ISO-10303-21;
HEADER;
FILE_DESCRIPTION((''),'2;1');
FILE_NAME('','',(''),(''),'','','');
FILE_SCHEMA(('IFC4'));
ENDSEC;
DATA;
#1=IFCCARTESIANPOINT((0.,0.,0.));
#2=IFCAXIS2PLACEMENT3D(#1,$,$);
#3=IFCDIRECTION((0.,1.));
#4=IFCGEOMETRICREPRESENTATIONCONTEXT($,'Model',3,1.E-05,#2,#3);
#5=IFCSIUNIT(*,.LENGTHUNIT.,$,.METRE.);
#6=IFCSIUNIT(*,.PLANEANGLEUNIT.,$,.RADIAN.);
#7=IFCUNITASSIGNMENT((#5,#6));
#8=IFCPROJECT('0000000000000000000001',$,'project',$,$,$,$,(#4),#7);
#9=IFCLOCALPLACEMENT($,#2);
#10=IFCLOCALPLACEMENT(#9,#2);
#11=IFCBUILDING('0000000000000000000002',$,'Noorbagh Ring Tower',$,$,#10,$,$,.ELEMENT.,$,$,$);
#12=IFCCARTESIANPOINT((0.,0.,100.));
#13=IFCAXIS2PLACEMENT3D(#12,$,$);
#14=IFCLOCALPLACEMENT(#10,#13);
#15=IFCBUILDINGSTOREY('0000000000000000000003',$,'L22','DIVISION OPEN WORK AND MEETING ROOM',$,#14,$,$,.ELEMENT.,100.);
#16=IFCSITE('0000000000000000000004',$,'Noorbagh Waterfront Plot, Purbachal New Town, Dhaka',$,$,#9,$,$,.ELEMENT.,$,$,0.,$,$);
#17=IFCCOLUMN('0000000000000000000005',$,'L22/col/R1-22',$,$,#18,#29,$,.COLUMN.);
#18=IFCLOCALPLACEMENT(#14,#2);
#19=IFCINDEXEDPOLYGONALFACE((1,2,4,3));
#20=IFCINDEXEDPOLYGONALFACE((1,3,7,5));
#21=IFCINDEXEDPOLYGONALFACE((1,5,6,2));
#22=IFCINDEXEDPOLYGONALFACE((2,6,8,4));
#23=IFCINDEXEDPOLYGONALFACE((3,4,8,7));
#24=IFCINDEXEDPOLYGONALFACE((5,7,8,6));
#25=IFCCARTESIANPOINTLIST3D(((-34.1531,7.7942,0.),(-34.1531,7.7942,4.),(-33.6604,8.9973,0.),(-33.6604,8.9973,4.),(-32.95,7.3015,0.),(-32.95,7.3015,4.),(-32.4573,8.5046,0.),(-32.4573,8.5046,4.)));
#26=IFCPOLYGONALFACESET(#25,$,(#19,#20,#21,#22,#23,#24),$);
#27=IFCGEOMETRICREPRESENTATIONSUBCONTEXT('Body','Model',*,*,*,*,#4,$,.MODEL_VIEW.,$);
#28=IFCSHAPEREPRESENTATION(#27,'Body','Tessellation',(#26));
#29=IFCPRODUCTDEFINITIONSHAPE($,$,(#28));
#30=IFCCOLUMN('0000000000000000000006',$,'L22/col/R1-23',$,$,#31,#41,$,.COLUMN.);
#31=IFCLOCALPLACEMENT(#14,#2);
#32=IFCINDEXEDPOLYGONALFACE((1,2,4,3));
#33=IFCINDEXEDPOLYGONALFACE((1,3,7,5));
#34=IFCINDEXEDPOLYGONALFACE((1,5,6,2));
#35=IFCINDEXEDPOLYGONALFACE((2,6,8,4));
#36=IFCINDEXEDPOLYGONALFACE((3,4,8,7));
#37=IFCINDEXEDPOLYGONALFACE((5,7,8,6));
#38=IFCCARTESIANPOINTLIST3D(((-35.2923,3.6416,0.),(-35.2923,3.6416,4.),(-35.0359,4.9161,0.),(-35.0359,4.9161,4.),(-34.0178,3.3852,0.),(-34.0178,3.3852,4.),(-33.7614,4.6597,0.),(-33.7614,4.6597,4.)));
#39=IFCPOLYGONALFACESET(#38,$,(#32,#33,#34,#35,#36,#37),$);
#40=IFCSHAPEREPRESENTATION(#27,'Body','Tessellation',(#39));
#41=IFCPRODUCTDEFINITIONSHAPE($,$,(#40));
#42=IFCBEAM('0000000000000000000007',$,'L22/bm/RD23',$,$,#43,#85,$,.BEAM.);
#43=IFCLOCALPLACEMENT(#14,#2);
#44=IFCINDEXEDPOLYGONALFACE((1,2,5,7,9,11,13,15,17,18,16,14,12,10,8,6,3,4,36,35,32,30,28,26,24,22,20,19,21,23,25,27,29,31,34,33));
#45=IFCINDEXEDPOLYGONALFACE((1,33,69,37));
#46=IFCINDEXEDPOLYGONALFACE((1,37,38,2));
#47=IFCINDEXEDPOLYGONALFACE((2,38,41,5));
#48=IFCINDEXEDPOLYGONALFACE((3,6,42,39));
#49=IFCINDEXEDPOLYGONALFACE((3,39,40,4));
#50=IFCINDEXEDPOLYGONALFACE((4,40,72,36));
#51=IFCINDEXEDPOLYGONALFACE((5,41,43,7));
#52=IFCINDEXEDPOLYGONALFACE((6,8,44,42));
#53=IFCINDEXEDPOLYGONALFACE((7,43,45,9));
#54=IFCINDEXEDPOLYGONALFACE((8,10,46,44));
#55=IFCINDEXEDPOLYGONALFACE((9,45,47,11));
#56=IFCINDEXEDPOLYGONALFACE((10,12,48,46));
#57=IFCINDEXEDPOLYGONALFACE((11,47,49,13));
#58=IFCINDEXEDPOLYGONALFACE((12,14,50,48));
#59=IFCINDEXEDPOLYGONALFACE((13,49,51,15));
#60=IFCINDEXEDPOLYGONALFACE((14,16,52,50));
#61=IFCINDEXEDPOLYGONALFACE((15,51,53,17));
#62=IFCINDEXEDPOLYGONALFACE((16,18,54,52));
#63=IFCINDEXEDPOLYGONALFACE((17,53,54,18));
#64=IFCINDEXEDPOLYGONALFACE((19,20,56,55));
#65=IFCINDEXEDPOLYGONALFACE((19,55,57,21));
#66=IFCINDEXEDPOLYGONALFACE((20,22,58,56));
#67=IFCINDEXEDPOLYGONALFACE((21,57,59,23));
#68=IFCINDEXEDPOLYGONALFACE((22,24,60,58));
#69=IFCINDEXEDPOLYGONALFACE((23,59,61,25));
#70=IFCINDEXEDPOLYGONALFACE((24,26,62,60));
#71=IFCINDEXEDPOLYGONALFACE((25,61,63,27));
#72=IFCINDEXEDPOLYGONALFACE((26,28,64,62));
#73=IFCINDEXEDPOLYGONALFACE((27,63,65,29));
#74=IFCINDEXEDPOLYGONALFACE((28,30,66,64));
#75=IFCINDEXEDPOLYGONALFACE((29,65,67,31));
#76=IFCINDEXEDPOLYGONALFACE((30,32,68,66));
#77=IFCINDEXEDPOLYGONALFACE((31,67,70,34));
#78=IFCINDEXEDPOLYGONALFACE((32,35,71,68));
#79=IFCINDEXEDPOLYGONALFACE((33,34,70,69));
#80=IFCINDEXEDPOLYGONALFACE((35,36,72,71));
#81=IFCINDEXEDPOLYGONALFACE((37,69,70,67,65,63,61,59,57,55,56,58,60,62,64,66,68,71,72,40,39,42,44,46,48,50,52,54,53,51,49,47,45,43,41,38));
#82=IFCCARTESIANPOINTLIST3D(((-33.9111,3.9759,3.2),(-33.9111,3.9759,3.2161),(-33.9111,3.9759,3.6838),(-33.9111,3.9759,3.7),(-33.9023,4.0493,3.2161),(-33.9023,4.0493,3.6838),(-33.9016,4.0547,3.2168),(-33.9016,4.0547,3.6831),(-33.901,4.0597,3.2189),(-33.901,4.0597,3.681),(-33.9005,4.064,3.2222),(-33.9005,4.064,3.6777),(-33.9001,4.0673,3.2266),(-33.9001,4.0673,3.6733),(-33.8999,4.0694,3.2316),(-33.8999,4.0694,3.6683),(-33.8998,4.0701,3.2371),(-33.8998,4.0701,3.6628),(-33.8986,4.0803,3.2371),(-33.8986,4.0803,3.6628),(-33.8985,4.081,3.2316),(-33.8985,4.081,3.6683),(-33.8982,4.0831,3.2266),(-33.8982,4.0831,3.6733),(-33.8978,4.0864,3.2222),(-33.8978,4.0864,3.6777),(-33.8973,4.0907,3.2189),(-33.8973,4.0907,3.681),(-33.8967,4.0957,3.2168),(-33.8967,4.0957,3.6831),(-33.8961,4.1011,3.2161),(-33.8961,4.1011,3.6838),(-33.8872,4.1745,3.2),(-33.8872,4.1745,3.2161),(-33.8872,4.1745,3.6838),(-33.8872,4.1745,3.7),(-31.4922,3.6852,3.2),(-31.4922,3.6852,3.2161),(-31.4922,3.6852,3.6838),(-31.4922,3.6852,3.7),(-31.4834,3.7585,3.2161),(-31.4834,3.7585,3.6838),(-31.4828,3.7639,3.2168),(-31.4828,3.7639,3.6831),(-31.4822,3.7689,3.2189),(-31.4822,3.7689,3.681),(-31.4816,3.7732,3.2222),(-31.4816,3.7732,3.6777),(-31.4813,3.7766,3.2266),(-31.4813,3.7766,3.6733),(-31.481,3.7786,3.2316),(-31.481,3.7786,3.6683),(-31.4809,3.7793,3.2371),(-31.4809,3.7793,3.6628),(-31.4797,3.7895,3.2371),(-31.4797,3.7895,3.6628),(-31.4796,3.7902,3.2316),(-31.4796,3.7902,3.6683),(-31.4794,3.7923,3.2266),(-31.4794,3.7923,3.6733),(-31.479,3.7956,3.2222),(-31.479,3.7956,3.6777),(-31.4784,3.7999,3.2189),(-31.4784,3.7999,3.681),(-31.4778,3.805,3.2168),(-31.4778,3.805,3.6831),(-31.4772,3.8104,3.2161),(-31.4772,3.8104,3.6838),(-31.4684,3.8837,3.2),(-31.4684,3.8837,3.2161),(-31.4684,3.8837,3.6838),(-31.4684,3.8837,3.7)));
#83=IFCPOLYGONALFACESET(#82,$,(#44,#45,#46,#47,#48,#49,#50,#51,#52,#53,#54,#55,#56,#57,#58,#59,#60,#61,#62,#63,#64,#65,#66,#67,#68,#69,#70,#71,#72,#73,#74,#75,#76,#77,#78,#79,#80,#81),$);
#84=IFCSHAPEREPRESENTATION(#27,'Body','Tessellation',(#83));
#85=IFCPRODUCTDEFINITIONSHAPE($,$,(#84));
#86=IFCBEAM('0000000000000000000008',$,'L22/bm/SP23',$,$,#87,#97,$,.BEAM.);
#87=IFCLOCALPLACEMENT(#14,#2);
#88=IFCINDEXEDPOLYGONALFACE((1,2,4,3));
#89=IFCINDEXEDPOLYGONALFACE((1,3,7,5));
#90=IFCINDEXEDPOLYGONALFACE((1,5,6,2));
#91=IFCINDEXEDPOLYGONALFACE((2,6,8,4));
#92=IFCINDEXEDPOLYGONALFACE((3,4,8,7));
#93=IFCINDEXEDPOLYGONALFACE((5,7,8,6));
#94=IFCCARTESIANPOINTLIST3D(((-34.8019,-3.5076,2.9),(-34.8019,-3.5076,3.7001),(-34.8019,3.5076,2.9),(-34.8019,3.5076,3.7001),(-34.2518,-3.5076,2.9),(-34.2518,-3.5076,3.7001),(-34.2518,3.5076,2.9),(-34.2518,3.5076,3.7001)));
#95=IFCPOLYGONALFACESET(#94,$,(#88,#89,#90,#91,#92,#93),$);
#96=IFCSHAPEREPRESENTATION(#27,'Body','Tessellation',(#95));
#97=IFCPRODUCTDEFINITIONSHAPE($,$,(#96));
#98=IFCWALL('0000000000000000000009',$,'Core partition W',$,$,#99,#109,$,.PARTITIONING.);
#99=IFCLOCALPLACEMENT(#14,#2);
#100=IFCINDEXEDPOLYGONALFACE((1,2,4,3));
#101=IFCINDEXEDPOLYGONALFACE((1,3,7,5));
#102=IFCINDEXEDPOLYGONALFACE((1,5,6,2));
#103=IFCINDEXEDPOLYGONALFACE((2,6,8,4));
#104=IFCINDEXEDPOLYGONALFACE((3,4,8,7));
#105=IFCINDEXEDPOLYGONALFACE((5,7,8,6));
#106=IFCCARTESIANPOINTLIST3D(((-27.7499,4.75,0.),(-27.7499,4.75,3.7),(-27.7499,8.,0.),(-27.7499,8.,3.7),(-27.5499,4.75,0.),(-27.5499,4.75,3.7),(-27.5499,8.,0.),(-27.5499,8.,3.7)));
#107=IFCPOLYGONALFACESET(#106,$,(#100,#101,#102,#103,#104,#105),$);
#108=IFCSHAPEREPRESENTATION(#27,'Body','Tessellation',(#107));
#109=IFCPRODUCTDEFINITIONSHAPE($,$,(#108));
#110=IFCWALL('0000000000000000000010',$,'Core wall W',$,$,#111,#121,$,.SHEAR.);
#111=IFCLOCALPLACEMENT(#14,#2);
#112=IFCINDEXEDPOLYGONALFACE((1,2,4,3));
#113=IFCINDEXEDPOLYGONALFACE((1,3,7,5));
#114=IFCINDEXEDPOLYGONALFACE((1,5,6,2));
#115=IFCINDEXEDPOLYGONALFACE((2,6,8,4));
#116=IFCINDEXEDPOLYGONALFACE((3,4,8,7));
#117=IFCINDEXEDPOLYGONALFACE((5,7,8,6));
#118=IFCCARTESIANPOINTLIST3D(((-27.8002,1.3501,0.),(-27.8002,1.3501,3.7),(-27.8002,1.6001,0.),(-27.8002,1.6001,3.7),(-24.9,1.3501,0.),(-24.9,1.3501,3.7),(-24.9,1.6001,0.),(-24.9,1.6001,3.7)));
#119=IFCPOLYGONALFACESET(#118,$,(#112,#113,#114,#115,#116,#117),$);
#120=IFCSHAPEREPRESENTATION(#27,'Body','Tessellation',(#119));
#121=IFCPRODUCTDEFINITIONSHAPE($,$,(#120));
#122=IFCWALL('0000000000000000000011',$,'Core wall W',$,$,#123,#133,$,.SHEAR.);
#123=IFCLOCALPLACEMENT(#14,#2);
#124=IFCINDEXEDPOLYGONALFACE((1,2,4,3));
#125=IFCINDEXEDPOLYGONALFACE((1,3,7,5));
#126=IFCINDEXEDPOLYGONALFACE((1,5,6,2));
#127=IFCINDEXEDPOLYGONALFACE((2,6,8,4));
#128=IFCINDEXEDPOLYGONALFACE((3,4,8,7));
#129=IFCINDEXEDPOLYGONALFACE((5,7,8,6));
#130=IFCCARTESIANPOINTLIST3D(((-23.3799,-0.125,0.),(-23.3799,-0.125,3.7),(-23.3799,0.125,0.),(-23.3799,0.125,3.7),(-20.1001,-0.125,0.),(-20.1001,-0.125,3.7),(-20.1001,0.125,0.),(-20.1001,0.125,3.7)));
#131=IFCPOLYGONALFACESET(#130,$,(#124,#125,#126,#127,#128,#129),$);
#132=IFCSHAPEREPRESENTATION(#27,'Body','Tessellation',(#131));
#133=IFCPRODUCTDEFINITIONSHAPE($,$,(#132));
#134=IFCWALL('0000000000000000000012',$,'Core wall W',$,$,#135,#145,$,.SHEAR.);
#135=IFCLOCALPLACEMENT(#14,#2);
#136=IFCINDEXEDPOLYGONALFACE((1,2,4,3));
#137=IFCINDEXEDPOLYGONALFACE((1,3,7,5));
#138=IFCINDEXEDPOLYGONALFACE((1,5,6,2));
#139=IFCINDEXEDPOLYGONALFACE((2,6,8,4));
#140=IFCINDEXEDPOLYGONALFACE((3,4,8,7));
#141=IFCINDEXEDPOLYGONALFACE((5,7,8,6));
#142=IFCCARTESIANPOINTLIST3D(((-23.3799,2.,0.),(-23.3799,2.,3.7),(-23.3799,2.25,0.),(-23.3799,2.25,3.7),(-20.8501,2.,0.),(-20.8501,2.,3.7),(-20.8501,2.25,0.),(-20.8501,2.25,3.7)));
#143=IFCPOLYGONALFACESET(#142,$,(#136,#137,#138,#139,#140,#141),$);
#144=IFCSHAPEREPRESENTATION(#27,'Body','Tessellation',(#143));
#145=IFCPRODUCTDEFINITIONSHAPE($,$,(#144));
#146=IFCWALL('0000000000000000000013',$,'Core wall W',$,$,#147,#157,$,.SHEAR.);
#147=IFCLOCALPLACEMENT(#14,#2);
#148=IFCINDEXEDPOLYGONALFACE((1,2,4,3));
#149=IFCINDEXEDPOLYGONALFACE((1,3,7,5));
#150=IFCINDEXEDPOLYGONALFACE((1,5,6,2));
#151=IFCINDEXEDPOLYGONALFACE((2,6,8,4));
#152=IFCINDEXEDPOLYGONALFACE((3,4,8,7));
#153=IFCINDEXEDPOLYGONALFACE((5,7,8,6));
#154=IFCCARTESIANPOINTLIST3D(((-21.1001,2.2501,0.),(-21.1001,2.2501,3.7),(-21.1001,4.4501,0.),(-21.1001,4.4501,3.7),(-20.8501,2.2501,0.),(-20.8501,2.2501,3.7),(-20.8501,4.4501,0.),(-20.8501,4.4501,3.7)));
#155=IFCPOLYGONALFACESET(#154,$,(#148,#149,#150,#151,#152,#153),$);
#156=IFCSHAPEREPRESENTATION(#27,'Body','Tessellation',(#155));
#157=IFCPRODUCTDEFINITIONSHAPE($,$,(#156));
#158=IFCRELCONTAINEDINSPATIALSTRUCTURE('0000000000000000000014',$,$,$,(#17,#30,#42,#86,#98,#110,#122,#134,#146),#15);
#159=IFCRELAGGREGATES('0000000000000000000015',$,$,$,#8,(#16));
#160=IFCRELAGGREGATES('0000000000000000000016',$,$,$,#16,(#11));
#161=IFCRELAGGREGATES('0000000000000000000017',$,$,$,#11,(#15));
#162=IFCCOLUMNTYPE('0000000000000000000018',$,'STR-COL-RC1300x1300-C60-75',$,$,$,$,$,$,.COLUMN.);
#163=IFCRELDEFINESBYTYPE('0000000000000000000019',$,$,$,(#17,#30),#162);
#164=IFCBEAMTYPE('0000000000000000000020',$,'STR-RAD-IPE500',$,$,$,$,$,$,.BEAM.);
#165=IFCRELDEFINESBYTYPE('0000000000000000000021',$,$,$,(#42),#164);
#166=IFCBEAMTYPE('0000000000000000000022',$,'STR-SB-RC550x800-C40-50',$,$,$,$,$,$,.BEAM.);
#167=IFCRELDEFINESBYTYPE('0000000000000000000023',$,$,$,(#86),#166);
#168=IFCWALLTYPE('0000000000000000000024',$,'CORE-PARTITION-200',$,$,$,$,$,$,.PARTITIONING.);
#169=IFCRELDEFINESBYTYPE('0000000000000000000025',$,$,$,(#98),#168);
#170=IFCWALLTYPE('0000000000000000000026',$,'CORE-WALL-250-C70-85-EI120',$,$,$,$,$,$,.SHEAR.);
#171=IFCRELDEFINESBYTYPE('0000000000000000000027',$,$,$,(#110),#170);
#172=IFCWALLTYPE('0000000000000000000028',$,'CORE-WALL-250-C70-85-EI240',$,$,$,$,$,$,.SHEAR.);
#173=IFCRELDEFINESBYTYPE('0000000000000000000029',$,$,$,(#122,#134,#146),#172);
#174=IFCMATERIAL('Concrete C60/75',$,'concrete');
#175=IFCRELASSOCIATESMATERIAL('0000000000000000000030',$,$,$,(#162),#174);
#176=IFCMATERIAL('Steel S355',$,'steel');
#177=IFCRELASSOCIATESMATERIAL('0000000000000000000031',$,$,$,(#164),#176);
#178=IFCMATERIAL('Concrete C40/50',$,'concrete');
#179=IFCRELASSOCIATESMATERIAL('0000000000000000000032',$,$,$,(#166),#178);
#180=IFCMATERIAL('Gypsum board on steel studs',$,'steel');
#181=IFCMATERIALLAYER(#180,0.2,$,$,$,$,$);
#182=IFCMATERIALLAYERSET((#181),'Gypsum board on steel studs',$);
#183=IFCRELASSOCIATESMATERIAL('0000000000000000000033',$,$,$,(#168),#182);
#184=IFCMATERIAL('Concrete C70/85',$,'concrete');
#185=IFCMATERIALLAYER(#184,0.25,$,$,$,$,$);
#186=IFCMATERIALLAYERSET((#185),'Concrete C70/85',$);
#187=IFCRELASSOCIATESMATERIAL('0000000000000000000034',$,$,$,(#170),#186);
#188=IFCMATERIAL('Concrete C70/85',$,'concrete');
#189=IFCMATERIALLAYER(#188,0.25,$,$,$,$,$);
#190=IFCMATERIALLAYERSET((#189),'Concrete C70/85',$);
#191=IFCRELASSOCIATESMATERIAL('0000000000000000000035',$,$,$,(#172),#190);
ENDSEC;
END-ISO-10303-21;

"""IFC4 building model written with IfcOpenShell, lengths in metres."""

from ifc_helpers import new_model, si_unit, direction, frame, frame_2d, origin, origin_2d, place, context, subcontext, project, spatial, rectangle, i_section, extrude, material, layer, layer_set, material_profile, profile_set, type_object, element, save


model = new_model("IFC4")

# Units and contexts
model_context = context("Model", 3, precision=1e-05, world=origin(), true_north=direction((0.0, 1.0)))
body_context = subcontext(model_context, "Body", "Model", "MODEL_VIEW")
ifc_project = project(units=[si_unit("LENGTHUNIT", "METRE"), si_unit("PLANEANGLEUNIT", "RADIAN")], contexts=[model_context])

# Site, building, storey
site_placement = place(None, origin())
site = spatial("IfcSite", under=ifc_project, at=site_placement, Name="Noorbagh Waterfront Plot, Purbachal New Town, Dhaka", CompositionType="ELEMENT", RefElevation=0.0)
building_placement = place(site_placement, origin())
building = spatial("IfcBuilding", under=site, at=building_placement, Name="Noorbagh Ring Tower", CompositionType="ELEMENT")
storey_placement = place(building_placement, frame((0.0, 0.0, 100.0)))
storey = spatial("IfcBuildingStorey", under=building, at=storey_placement, Name="L22", Description="DIVISION OPEN WORK AND MEETING ROOM", CompositionType="ELEMENT", Elevation=100.0)

# Columns
ifc_material_1 = material(Name="Concrete C60/75", Category="concrete")
ifc_material_profile_1 = material_profile(ifc_material_1, rectangle(XDim=1.3, YDim=1.3, at=origin_2d()), Name="RC1300x1300")
ifc_profile_set_1 = profile_set([ifc_material_profile_1], Name="Concrete C60/75")
column_type = type_object("IfcColumnType", Name="STR-COL-RC1300x1300-C60-75", PredefinedType="COLUMN", material=ifc_profile_set_1)
for number, where, z_axis, x_axis, name in (
    (1, (-33.3052, 8.1494, 0.0), (0.0, 0.0, 1.0), (-0.378989, -0.925401, 0.0), "L22/col/R1-22"),
    (2, (-34.5269, 4.1506, 0.0), (0.0, 0.0, 1.0), (-0.19723, -0.980357, 0.0), "L22/col/R1-23"),
):
    element("IfcColumn", number, at=place(storey_placement, frame(where, z_axis=z_axis, x_axis=x_axis)), inside=storey, type_object=column_type, Name=name, PredefinedType="COLUMN", context=body_context, shape_type="SweptSolid", body=[
        extrude(rectangle(XDim=1.3, YDim=1.3, at=origin_2d()), origin(), (0.0, 0.0, 1.0), 4.0),
    ])

# Beams
ifc_material_2 = material(Name="Steel S355", Category="steel")
ifc_material_profile_2 = material_profile(ifc_material_2, i_section(OverallWidth=0.2, OverallDepth=0.5, WebThickness=0.0103, FlangeThickness=0.0161, FilletRadius=0.021, at=origin_2d()), Name="IPE500")
ifc_profile_set_2 = profile_set([ifc_material_profile_2], Name="Steel S355")
beam_type_1 = type_object("IfcBeamType", Name="STR-RAD-IPE500", PredefinedType="BEAM", material=ifc_profile_set_2)
beam_1_placement = place(storey_placement, frame((-33.8992, 4.0752, 3.45), z_axis=(0.992853, -0.119347, 0.0), x_axis=(0.119347, 0.992853, 0.0)))
element("IfcBeam", 3, at=beam_1_placement, inside=storey, type_object=beam_type_1, Name="L22/bm/RD23", PredefinedType="BEAM", context=body_context, shape_type="SweptSolid", body=[
    extrude(i_section(OverallWidth=0.2, OverallDepth=0.5, WebThickness=0.0103, FlangeThickness=0.0161, FilletRadius=0.021, at=origin_2d()), origin(), (0.0, 0.0, 1.0), 2.4363),
])
ifc_material_3 = material(Name="Concrete C40/50", Category="concrete")
ifc_material_profile_3 = material_profile(ifc_material_3, rectangle(XDim=0.55, YDim=0.8, at=origin_2d()), Name="RC550x800")
ifc_profile_set_3 = profile_set([ifc_material_profile_3], Name="Concrete C40/50")
beam_type_2 = type_object("IfcBeamType", Name="STR-SB-RC550x800-C40-50", PredefinedType="BEAM", material=ifc_profile_set_3)
beam_2_placement = place(storey_placement, frame((-34.5269, 3.5076, 3.3), z_axis=(0.0, -1.0, 0.0), x_axis=(1.0, 0.0, 0.0)))
element("IfcBeam", 4, at=beam_2_placement, inside=storey, type_object=beam_type_2, Name="L22/bm/SP23", PredefinedType="BEAM", context=body_context, shape_type="SweptSolid", body=[
    extrude(rectangle(XDim=0.55, YDim=0.8, at=origin_2d()), origin(), (0.0, 0.0, 1.0), 7.0151),
])

# Walls
ifc_material_4 = material(Name="Gypsum board on steel studs", Category="steel")
ifc_layer_1 = layer(ifc_material_4, 0.2)
ifc_layer_set_1 = layer_set([ifc_layer_1], Name="Gypsum board on steel studs")
wall_type_1 = type_object("IfcWallType", Name="CORE-PARTITION-200", PredefinedType="PARTITIONING", material=ifc_layer_set_1)
wall_1_placement = place(storey_placement, frame((-27.6499, 4.75, 0.0), z_axis=(0.0, 0.0, 1.0), x_axis=(0.0, 1.0, 0.0)))
element("IfcWall", 5, at=wall_1_placement, inside=storey, type_object=wall_type_1, Name="Core partition W", PredefinedType="PARTITIONING", context=body_context, shape_type="SweptSolid", body=[
    extrude(rectangle(XDim=3.25, YDim=0.2, at=frame_2d((1.625, 0.0))), origin(), (0.0, 0.0, 1.0), 3.7),
])
ifc_material_5 = material(Name="Concrete C70/85", Category="concrete")
ifc_layer_2 = layer(ifc_material_5, 0.25)
ifc_layer_set_2 = layer_set([ifc_layer_2], Name="Concrete C70/85")
wall_type_2 = type_object("IfcWallType", Name="CORE-WALL-250-C70-85-EI120", PredefinedType="SHEAR", material=ifc_layer_set_2)
wall_2_placement = place(storey_placement, frame((-24.8999, 1.4751, 0.0), z_axis=(0.0, 0.0, 1.0), x_axis=(-1.0, 0.0, 0.0)))
element("IfcWall", 6, at=wall_2_placement, inside=storey, type_object=wall_type_2, Name="Core wall W", PredefinedType="SHEAR", context=body_context, shape_type="SweptSolid", body=[
    extrude(rectangle(XDim=2.9001, YDim=0.25, at=frame_2d((1.4502, 0.0))), origin(), (0.0, 0.0, 1.0), 3.7),
])
ifc_material_6 = material(Name="Concrete C70/85", Category="concrete")
ifc_layer_3 = layer(ifc_material_6, 0.25)
ifc_layer_set_3 = layer_set([ifc_layer_3], Name="Concrete C70/85")
wall_type_3 = type_object("IfcWallType", Name="CORE-WALL-250-C70-85-EI240", PredefinedType="SHEAR", material=ifc_layer_set_3)
wall_3_placement = place(storey_placement, frame((-20.1001, 0.0, 0.0), z_axis=(0.0, 0.0, 1.0), x_axis=(-1.0, 0.0, 0.0)))
element("IfcWall", 7, at=wall_3_placement, inside=storey, type_object=wall_type_3, Name="Core wall W", PredefinedType="SHEAR", context=body_context, shape_type="SweptSolid", body=[
    extrude(rectangle(XDim=3.2798, YDim=0.25, at=frame_2d((1.6399, 0.0))), origin(), (0.0, 0.0, 1.0), 3.7),
])
wall_4_placement = place(storey_placement, frame((-20.8501, 2.125, 0.0), z_axis=(0.0, 0.0, 1.0), x_axis=(-1.0, 0.0, 0.0)))
element("IfcWall", 8, at=wall_4_placement, inside=storey, type_object=wall_type_3, Name="Core wall W", PredefinedType="SHEAR", context=body_context, shape_type="SweptSolid", body=[
    extrude(rectangle(XDim=2.5298, YDim=0.25, at=frame_2d((1.2649, 0.0))), origin(), (0.0, 0.0, 1.0), 3.7),
])
wall_5_placement = place(storey_placement, frame((-20.9751, 2.25, 0.0), z_axis=(0.0, 0.0, 1.0), x_axis=(0.0, 1.0, 0.0)))
element("IfcWall", 9, at=wall_5_placement, inside=storey, type_object=wall_type_3, Name="Core wall W", PredefinedType="SHEAR", context=body_context, shape_type="SweptSolid", body=[
    extrude(rectangle(XDim=2.2, YDim=0.25, at=frame_2d((1.1001, 0.0))), origin(), (0.0, 0.0, 1.0), 3.7),
])

save(model, "model.ifc")
